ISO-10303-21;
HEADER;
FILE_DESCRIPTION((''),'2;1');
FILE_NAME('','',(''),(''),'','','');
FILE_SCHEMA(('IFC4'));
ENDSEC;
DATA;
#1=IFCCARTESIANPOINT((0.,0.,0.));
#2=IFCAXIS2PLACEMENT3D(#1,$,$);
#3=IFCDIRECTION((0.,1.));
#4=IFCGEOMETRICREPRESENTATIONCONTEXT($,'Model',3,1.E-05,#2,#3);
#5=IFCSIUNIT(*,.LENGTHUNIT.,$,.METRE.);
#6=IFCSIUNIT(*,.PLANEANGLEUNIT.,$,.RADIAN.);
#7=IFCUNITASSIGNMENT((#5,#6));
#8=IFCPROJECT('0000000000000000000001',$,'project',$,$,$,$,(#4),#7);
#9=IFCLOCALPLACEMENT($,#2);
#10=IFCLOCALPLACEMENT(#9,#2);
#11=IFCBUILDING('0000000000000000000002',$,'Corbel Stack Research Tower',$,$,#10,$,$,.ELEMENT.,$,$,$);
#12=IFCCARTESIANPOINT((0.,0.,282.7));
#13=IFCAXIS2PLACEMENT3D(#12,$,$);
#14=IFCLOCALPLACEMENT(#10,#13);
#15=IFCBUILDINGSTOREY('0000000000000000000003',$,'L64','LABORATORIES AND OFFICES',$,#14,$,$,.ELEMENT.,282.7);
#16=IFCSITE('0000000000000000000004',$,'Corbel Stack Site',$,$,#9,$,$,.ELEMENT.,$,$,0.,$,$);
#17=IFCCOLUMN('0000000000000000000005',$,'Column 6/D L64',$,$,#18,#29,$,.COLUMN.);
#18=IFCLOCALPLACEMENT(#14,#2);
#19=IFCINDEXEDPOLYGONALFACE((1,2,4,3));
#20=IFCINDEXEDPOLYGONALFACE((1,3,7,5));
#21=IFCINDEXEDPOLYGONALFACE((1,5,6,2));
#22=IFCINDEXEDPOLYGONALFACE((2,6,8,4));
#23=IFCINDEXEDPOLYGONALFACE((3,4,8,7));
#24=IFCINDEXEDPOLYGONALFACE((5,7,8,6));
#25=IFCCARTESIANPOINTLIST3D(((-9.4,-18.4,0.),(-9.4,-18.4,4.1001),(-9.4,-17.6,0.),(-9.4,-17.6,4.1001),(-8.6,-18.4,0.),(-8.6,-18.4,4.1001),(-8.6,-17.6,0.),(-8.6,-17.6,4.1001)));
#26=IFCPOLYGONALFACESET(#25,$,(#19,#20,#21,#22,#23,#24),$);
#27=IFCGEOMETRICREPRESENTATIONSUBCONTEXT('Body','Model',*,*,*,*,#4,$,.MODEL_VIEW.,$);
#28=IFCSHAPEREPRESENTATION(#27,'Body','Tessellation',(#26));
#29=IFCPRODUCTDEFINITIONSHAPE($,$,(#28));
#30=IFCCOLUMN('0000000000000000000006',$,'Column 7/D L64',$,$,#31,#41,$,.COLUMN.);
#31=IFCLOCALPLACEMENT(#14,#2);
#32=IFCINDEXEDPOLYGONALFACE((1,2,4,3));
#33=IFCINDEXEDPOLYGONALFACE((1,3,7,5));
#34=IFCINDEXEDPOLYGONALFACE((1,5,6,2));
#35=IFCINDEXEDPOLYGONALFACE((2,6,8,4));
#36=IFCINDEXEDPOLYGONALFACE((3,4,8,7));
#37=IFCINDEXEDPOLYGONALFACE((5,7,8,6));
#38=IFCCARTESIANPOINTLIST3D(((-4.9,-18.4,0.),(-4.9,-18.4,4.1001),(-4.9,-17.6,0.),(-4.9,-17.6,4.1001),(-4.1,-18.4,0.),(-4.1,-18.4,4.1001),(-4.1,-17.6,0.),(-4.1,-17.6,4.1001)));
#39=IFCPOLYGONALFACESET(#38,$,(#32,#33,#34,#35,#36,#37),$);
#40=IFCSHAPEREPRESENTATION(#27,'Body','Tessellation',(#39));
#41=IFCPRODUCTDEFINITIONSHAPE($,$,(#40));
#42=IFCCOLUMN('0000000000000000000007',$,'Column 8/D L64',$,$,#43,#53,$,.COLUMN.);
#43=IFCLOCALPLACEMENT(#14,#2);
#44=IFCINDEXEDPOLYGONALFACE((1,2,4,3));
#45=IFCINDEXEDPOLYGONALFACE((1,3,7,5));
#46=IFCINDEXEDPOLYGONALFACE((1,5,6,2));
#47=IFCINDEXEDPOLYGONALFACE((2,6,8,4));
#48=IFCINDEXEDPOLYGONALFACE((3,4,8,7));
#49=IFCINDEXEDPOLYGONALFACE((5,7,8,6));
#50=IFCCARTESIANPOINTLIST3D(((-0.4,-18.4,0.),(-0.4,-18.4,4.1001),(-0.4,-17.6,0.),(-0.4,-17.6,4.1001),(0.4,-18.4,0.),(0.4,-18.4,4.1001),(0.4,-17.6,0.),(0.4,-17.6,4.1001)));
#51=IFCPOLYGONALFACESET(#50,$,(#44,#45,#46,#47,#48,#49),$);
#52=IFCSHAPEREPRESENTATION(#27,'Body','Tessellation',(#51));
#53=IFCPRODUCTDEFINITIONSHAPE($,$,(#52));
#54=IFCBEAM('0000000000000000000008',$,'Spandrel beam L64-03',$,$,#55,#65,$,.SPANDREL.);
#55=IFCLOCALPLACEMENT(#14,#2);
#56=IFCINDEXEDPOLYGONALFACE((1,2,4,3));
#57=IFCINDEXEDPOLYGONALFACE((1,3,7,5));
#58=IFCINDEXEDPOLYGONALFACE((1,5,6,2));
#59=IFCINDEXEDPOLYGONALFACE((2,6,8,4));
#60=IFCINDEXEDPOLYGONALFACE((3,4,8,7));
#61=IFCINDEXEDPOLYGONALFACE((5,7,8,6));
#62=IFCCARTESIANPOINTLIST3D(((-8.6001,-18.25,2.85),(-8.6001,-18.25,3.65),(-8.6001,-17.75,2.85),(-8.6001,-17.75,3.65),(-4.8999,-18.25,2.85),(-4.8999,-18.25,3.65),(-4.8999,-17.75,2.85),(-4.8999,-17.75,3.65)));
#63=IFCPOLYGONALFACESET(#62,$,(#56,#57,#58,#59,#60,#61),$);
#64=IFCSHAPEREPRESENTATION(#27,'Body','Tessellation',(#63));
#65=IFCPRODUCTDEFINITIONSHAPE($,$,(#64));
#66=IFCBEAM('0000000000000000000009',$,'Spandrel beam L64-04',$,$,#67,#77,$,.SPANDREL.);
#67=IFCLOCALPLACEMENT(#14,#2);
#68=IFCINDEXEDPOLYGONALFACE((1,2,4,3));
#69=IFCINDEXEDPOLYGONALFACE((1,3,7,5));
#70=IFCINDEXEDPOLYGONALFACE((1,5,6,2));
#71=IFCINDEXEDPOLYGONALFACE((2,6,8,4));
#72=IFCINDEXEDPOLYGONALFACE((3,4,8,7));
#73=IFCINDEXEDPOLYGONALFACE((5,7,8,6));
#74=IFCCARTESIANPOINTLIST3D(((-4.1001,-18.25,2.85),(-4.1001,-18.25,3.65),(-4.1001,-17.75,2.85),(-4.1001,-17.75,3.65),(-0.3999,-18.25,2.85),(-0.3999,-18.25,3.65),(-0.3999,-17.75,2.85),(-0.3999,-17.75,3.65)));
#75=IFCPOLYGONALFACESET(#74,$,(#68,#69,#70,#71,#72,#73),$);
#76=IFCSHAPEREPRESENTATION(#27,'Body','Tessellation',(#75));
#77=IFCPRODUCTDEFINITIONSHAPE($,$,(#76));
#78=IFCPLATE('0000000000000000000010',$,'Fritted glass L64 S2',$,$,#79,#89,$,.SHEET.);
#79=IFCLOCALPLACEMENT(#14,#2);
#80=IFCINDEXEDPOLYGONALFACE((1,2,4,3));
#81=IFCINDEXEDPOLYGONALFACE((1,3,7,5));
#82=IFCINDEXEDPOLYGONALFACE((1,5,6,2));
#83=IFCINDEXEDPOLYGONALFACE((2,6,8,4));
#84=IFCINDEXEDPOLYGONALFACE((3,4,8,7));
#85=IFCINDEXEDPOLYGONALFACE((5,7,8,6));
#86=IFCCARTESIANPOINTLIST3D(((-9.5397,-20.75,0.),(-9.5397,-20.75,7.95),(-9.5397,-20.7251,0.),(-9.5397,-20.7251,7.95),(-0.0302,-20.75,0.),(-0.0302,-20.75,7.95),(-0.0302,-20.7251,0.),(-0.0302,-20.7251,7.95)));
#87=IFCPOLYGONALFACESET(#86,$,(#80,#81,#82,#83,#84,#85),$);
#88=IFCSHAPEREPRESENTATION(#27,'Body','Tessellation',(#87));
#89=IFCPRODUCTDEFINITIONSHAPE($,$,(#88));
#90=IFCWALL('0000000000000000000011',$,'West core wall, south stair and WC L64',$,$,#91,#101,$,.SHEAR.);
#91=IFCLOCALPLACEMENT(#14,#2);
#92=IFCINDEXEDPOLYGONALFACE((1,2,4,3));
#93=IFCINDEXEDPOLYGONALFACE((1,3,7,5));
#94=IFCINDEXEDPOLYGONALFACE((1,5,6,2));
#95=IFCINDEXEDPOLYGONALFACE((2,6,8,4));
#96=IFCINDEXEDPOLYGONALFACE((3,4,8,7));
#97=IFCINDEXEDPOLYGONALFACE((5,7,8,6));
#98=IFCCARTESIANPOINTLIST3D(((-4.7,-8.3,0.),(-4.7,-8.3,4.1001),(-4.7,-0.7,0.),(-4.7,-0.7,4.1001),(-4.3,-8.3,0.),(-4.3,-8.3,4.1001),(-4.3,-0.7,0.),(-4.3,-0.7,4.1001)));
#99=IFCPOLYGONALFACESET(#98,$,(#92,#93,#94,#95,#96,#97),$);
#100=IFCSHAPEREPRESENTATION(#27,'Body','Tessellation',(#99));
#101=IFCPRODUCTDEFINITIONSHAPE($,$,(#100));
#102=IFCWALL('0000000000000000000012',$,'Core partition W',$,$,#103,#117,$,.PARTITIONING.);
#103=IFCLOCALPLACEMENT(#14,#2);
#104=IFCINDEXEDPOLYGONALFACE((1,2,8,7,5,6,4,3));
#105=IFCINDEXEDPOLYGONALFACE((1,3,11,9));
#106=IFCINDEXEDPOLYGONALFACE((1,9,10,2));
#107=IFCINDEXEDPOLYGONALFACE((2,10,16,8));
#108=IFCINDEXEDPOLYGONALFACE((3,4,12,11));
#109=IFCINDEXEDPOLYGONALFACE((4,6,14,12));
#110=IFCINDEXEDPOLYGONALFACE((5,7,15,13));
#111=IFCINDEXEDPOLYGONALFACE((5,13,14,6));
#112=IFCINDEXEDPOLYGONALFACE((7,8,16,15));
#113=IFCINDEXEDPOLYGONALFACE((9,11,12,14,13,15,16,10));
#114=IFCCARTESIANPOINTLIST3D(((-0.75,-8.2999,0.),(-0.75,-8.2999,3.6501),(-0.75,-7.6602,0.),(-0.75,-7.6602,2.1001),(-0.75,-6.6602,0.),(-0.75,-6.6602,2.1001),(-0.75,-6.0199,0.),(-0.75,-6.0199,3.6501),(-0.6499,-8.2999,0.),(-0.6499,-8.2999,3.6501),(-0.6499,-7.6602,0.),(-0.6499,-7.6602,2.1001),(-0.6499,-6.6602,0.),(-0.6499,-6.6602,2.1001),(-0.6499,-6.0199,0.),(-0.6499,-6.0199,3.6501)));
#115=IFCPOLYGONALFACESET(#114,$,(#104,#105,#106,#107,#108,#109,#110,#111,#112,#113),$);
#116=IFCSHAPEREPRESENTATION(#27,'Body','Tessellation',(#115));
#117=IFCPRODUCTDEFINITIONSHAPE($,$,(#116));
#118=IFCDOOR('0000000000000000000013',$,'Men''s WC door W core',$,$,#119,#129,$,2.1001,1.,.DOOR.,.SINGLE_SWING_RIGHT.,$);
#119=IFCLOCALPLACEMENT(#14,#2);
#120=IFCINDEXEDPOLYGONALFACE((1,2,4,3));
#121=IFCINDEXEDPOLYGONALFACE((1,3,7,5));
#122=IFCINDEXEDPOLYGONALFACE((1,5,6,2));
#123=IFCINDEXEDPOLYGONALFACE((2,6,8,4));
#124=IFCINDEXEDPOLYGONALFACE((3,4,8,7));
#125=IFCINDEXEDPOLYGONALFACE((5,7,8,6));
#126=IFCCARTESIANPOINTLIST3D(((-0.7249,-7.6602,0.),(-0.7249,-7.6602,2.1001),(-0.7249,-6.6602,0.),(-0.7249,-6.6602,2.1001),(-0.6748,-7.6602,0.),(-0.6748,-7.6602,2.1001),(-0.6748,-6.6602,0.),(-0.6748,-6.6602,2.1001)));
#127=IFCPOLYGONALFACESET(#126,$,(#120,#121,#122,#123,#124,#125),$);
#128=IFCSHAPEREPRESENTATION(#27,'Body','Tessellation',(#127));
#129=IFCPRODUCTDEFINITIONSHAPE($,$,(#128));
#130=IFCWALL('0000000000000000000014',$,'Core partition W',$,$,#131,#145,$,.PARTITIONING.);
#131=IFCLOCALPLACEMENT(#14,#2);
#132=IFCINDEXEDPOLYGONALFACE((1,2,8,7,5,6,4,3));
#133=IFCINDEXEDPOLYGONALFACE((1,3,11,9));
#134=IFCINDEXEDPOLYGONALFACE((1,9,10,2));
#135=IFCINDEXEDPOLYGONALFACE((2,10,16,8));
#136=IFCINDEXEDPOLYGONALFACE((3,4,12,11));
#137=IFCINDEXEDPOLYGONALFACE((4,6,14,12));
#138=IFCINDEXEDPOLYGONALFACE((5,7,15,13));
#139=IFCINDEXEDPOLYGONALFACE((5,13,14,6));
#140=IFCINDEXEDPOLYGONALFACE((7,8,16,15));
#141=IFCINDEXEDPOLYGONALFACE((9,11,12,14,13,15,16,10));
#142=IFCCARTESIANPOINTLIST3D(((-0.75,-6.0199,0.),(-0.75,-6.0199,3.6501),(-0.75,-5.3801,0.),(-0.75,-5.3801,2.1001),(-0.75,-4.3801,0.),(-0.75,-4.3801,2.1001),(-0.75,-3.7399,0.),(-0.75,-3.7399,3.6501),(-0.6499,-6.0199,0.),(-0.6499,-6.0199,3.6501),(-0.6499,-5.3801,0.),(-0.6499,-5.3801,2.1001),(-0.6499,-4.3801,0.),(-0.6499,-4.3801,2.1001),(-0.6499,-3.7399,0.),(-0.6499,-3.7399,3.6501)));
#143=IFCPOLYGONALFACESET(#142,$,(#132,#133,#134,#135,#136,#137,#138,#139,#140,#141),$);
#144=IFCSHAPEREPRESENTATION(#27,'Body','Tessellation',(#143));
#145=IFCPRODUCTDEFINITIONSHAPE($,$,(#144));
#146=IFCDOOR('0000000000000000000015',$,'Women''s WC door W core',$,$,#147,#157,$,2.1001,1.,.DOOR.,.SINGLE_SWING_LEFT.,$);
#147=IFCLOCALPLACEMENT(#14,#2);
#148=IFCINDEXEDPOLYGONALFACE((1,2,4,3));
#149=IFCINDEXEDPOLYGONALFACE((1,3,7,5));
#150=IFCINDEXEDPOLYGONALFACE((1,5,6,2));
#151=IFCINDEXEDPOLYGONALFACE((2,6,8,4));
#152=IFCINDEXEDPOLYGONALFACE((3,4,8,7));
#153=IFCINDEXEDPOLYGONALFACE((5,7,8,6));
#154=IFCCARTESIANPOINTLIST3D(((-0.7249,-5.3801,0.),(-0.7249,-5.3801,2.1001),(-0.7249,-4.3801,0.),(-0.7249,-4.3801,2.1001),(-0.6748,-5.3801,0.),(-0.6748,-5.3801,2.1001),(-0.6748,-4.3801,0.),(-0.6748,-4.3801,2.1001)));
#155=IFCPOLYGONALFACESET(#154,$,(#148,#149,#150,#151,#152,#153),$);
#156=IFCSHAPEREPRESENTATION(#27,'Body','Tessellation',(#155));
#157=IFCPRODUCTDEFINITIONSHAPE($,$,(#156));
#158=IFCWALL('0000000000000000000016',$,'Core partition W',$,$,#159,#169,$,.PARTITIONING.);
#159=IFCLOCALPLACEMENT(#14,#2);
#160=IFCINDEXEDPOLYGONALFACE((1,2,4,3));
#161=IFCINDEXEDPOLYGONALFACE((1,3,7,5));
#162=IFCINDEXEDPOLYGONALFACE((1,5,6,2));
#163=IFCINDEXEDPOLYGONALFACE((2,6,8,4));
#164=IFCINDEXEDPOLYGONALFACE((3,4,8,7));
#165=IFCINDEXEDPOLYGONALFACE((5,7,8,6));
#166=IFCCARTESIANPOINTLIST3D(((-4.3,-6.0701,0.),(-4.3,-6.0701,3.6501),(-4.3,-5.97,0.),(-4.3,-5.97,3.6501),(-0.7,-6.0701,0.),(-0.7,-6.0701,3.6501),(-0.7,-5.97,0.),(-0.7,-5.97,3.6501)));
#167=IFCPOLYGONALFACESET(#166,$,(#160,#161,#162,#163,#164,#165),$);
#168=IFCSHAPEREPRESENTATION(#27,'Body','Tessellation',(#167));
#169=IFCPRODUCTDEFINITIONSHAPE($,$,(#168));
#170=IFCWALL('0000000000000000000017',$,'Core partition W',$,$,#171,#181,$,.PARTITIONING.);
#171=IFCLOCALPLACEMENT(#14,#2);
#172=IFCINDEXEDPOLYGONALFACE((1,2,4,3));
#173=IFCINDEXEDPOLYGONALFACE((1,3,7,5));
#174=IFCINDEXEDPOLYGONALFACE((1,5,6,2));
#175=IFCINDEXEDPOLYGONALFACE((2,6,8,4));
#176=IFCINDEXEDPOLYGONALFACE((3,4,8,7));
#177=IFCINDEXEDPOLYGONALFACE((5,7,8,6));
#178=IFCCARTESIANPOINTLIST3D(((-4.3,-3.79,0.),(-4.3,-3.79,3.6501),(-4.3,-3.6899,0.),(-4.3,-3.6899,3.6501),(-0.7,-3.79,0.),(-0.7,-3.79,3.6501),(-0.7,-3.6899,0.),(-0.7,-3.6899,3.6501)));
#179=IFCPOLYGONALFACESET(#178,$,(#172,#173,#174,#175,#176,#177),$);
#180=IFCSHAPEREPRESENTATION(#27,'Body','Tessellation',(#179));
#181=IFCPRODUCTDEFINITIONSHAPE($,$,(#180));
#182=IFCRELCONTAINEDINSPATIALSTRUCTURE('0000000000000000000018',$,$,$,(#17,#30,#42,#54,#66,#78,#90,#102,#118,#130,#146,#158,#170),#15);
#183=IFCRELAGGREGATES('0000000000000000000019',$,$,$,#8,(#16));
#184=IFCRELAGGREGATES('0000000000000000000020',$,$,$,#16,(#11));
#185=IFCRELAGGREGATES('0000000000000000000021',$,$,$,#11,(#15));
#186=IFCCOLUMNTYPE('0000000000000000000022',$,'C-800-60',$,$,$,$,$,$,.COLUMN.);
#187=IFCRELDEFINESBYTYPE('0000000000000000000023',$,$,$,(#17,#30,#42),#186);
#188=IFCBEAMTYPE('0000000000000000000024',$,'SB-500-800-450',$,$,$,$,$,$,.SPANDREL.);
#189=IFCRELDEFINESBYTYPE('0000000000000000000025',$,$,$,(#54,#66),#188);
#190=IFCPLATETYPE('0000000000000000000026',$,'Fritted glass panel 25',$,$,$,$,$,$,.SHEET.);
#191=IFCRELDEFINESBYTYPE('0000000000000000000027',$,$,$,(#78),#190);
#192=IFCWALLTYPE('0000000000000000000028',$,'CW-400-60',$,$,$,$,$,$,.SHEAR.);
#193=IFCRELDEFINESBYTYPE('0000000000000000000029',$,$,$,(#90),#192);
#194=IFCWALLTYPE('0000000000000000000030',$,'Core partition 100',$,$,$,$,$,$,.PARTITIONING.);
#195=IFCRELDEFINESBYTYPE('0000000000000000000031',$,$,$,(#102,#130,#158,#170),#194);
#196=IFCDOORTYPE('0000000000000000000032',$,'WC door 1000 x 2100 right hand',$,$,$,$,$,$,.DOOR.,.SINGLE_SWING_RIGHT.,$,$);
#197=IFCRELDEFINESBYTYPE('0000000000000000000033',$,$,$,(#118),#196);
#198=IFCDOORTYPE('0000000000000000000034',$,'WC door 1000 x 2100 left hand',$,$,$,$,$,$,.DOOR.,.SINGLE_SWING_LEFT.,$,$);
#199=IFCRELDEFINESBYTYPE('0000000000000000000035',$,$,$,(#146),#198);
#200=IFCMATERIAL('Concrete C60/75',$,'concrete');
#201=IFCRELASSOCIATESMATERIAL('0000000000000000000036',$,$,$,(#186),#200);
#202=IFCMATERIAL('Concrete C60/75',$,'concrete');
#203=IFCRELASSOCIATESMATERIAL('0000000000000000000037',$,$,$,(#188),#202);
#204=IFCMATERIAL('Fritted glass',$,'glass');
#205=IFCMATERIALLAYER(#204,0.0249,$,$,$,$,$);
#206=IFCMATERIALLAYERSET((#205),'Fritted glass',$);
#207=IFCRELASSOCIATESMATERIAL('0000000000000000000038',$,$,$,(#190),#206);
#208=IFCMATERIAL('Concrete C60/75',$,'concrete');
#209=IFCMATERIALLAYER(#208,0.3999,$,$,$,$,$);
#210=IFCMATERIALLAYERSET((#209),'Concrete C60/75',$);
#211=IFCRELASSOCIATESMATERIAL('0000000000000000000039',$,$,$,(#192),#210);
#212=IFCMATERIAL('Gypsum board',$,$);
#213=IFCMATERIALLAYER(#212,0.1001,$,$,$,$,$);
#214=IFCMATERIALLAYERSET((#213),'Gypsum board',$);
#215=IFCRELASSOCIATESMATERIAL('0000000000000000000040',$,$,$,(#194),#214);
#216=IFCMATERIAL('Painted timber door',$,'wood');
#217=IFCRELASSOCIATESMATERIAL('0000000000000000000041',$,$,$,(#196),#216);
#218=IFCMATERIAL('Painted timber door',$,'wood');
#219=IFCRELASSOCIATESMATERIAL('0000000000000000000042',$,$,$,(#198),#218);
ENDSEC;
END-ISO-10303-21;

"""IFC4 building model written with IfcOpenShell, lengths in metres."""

from ifc_helpers import new_model, si_unit, direction, frame, frame_2d, origin, origin_2d, place, context, subcontext, project, spatial, rectangle, extrude, material, layer, layer_set, material_profile, profile_set, type_object, element, fill, save


model = new_model("IFC4")

# Units and contexts
model_context = context("Model", 3, precision=1e-05, world=origin(), true_north=direction((0.0, 1.0)))
body_context = subcontext(model_context, "Body", "Model", "MODEL_VIEW")
ifc_project = project(units=[si_unit("LENGTHUNIT", "METRE"), si_unit("PLANEANGLEUNIT", "RADIAN")], contexts=[model_context])

# Site, building, storey
site_placement = place(None, origin())
site = spatial("IfcSite", under=ifc_project, at=site_placement, Name="Corbel Stack Site", CompositionType="ELEMENT", RefElevation=0.0)
building_placement = place(site_placement, origin())
building = spatial("IfcBuilding", under=site, at=building_placement, Name="Corbel Stack Research Tower", CompositionType="ELEMENT")
storey_placement = place(building_placement, frame((0.0, 0.0, 282.7)))
storey = spatial("IfcBuildingStorey", under=building, at=storey_placement, Name="L64", Description="LABORATORIES AND OFFICES", CompositionType="ELEMENT", Elevation=282.7)

# Columns
ifc_material_1 = material(Name="Concrete C60/75", Category="concrete")
ifc_material_profile_1 = material_profile(ifc_material_1, rectangle(XDim=0.8, YDim=0.8, at=origin_2d()), Name="RC 800 x 800")
ifc_profile_set_1 = profile_set([ifc_material_profile_1], Name="Concrete C60/75")
column_type = type_object("IfcColumnType", Name="C-800-60", PredefinedType="COLUMN", material=ifc_profile_set_1)
for number, where, z_axis, x_axis, name in (
    (1, (-9.0, -18.0, 0.0), (0.0, 0.0, 1.0), (1.0, 0.0, 0.0), "Column 6/D L64"),
    (2, (-4.5, -18.0, 0.0), (0.0, 0.0, 1.0), (1.0, 0.0, 0.0), "Column 7/D L64"),
    (3, (0.0, -18.0, 0.0), (0.0, 0.0, 1.0), (1.0, 0.0, 0.0), "Column 8/D L64"),
):
    element("IfcColumn", number, at=place(storey_placement, frame(where, z_axis=z_axis, x_axis=x_axis)), inside=storey, type_object=column_type, Name=name, PredefinedType="COLUMN", context=body_context, shape_type="SweptSolid", body=[
        extrude(rectangle(XDim=0.8, YDim=0.8, at=origin_2d()), origin(), (0.0, 0.0, 1.0), 4.1001),
    ])

# Beams
ifc_material_2 = material(Name="Concrete C60/75", Category="concrete")
ifc_material_profile_2 = material_profile(ifc_material_2, rectangle(XDim=0.5, YDim=0.8, at=origin_2d()), Name="RC 500 x 800")
ifc_profile_set_2 = profile_set([ifc_material_profile_2], Name="Concrete C60/75")
beam_type = type_object("IfcBeamType", Name="SB-500-800-450", PredefinedType="SPANDREL", material=ifc_profile_set_2)
for number, where, z_axis, x_axis, name in (
    (4, (-8.6001, -18.0, 3.25), (1.0, 0.0, 0.0), (0.0, 1.0, 0.0), "Spandrel beam L64-03"),
    (5, (-4.1001, -18.0, 3.25), (1.0, 0.0, 0.0), (0.0, 1.0, 0.0), "Spandrel beam L64-04"),
):
    element("IfcBeam", number, at=place(storey_placement, frame(where, z_axis=z_axis, x_axis=x_axis)), inside=storey, type_object=beam_type, Name=name, PredefinedType="SPANDREL", context=body_context, shape_type="SweptSolid", body=[
        extrude(rectangle(XDim=0.5, YDim=0.8, at=origin_2d()), origin(), (0.0, 0.0, 1.0), 3.7002),
    ])

# Plate
ifc_material_3 = material(Name="Fritted glass", Category="glass")
ifc_layer_1 = layer(ifc_material_3, 0.0249)
ifc_layer_set_1 = layer_set([ifc_layer_1], Name="Fritted glass")
plate_type = type_object("IfcPlateType", Name="Fritted glass panel 25", PredefinedType="SHEET", material=ifc_layer_set_1)
plate_placement = place(storey_placement, frame((-4.7849, -20.7375, 0.0), z_axis=(0.0, 0.0, 1.0), x_axis=(1.0, 0.0, 0.0)))
element("IfcPlate", 6, at=plate_placement, inside=storey, type_object=plate_type, Name="Fritted glass L64 S2", PredefinedType="SHEET", context=body_context, shape_type="SweptSolid", body=[
    extrude(rectangle(XDim=9.5095, YDim=0.0249, at=origin_2d()), origin(), (0.0, 0.0, 1.0), 7.95),
])

# Wall
ifc_material_4 = material(Name="Concrete C60/75", Category="concrete")
ifc_layer_2 = layer(ifc_material_4, 0.3999)
ifc_layer_set_2 = layer_set([ifc_layer_2], Name="Concrete C60/75")
wall_type_1 = type_object("IfcWallType", Name="CW-400-60", PredefinedType="SHEAR", material=ifc_layer_set_2)
wall_1_placement = place(storey_placement, frame((-4.5, -8.3, 0.0), z_axis=(0.0, 0.0, 1.0), x_axis=(0.0, 1.0, 0.0)))
element("IfcWall", 7, at=wall_1_placement, inside=storey, type_object=wall_type_1, Name="West core wall, south stair and WC L64", PredefinedType="SHEAR", context=body_context, shape_type="SweptSolid", body=[
    extrude(rectangle(XDim=7.6001, YDim=0.3999, at=frame_2d((3.8, 0.0))), origin(), (0.0, 0.0, 1.0), 4.1001),
])

# Walls, openings, doors
ifc_material_5 = material(Name="Gypsum board")
ifc_layer_3 = layer(ifc_material_5, 0.1001)
ifc_layer_set_3 = layer_set([ifc_layer_3], Name="Gypsum board")
wall_type_2 = type_object("IfcWallType", Name="Core partition 100", PredefinedType="PARTITIONING", material=ifc_layer_set_3)
wall_2_placement = place(storey_placement, frame((-0.7, -8.3, 0.0), z_axis=(0.0, 0.0, 1.0), x_axis=(0.0, 1.0, 0.0)))
wall_2 = element("IfcWall", 8, at=wall_2_placement, inside=storey, type_object=wall_type_2, Name="Core partition W", PredefinedType="PARTITIONING", context=body_context, shape_type="SweptSolid", body=[
    extrude(rectangle(XDim=2.28, YDim=0.1001, at=frame_2d((1.1401, 0.0))), origin(), (0.0, 0.0, 1.0), 3.6501),
])
opening_1_placement = place(wall_2_placement, frame((0.6399, 0.0, 0.0)))
opening_1 = element("IfcOpeningElement", 9, at=opening_1_placement, cuts=wall_2, PredefinedType="OPENING", context=body_context, shape_type="SweptSolid", body=[
    extrude(rectangle(XDim=1.0, YDim=2.1001, at=frame_2d((0.5, 1.05))), frame((0.0, 0.0601, 0.0), z_axis=(0.0, -1.0, 0.0), x_axis=(1.0, 0.0, 0.0)), (0.0, 0.0, 1.0), 0.1201),
])
ifc_material_6 = material(Name="Painted timber door", Category="wood")
door_type_1 = type_object("IfcDoorType", Name="WC door 1000 x 2100 right hand", OperationType="SINGLE_SWING_RIGHT", PredefinedType="DOOR", material=ifc_material_6)
door_1_placement = place(opening_1_placement, origin())
door_1 = element("IfcDoor", 10, at=door_1_placement, inside=storey, type_object=door_type_1, Name="Men's WC door W core", OperationType="SINGLE_SWING_RIGHT", OverallHeight=2.1001, OverallWidth=1.0, PredefinedType="DOOR", context=body_context, shape_type="SweptSolid", body=[
    extrude(rectangle(XDim=1.0, YDim=2.1001, at=frame_2d((0.5, 1.05))), frame((0.0, 0.0249, 0.0), z_axis=(0.0, -1.0, 0.0), x_axis=(1.0, 0.0, 0.0)), (0.0, 0.0, 1.0), 0.05),
])
fill(opening_1, door_1)
wall_3_placement = place(storey_placement, frame((-0.7, -6.02, 0.0), z_axis=(0.0, 0.0, 1.0), x_axis=(0.0, 1.0, 0.0)))
wall_3 = element("IfcWall", 11, at=wall_3_placement, inside=storey, type_object=wall_type_2, Name="Core partition W", PredefinedType="PARTITIONING", context=body_context, shape_type="SweptSolid", body=[
    extrude(rectangle(XDim=2.28, YDim=0.1001, at=frame_2d((1.1401, 0.0))), origin(), (0.0, 0.0, 1.0), 3.6501),
])
opening_2_placement = place(wall_3_placement, frame((0.6399, 0.0, 0.0)))
opening_2 = element("IfcOpeningElement", 12, at=opening_2_placement, cuts=wall_3, PredefinedType="OPENING", context=body_context, shape_type="SweptSolid", body=[
    extrude(rectangle(XDim=1.0, YDim=2.1001, at=frame_2d((0.5, 1.05))), frame((0.0, 0.0601, 0.0), z_axis=(0.0, -1.0, 0.0), x_axis=(1.0, 0.0, 0.0)), (0.0, 0.0, 1.0), 0.1201),
])
ifc_material_7 = material(Name="Painted timber door", Category="wood")
door_type_2 = type_object("IfcDoorType", Name="WC door 1000 x 2100 left hand", OperationType="SINGLE_SWING_LEFT", PredefinedType="DOOR", material=ifc_material_7)
door_2_placement = place(opening_2_placement, origin())
door_2 = element("IfcDoor", 13, at=door_2_placement, inside=storey, type_object=door_type_2, Name="Women's WC door W core", OperationType="SINGLE_SWING_LEFT", OverallHeight=2.1001, OverallWidth=1.0, PredefinedType="DOOR", context=body_context, shape_type="SweptSolid", body=[
    extrude(rectangle(XDim=1.0, YDim=2.1001, at=frame_2d((0.5, 1.05))), frame((0.0, 0.0249, 0.0), z_axis=(0.0, -1.0, 0.0), x_axis=(1.0, 0.0, 0.0)), (0.0, 0.0, 1.0), 0.05),
])
fill(opening_2, door_2)

# Walls
for number, where, z_axis, x_axis, name in (
    (14, (-4.3, -6.02, 0.0), (0.0, 0.0, 1.0), (1.0, 0.0, 0.0), "Core partition W"),
    (15, (-4.3, -3.74, 0.0), (0.0, 0.0, 1.0), (1.0, 0.0, 0.0), "Core partition W"),
):
    element("IfcWall", number, at=place(storey_placement, frame(where, z_axis=z_axis, x_axis=x_axis)), inside=storey, type_object=wall_type_2, Name=name, PredefinedType="PARTITIONING", context=body_context, shape_type="SweptSolid", body=[
        extrude(rectangle(XDim=3.6001, YDim=0.1001, at=frame_2d((1.8, 0.0))), origin(), (0.0, 0.0, 1.0), 3.6501),
    ])

save(model, "model.ifc")
